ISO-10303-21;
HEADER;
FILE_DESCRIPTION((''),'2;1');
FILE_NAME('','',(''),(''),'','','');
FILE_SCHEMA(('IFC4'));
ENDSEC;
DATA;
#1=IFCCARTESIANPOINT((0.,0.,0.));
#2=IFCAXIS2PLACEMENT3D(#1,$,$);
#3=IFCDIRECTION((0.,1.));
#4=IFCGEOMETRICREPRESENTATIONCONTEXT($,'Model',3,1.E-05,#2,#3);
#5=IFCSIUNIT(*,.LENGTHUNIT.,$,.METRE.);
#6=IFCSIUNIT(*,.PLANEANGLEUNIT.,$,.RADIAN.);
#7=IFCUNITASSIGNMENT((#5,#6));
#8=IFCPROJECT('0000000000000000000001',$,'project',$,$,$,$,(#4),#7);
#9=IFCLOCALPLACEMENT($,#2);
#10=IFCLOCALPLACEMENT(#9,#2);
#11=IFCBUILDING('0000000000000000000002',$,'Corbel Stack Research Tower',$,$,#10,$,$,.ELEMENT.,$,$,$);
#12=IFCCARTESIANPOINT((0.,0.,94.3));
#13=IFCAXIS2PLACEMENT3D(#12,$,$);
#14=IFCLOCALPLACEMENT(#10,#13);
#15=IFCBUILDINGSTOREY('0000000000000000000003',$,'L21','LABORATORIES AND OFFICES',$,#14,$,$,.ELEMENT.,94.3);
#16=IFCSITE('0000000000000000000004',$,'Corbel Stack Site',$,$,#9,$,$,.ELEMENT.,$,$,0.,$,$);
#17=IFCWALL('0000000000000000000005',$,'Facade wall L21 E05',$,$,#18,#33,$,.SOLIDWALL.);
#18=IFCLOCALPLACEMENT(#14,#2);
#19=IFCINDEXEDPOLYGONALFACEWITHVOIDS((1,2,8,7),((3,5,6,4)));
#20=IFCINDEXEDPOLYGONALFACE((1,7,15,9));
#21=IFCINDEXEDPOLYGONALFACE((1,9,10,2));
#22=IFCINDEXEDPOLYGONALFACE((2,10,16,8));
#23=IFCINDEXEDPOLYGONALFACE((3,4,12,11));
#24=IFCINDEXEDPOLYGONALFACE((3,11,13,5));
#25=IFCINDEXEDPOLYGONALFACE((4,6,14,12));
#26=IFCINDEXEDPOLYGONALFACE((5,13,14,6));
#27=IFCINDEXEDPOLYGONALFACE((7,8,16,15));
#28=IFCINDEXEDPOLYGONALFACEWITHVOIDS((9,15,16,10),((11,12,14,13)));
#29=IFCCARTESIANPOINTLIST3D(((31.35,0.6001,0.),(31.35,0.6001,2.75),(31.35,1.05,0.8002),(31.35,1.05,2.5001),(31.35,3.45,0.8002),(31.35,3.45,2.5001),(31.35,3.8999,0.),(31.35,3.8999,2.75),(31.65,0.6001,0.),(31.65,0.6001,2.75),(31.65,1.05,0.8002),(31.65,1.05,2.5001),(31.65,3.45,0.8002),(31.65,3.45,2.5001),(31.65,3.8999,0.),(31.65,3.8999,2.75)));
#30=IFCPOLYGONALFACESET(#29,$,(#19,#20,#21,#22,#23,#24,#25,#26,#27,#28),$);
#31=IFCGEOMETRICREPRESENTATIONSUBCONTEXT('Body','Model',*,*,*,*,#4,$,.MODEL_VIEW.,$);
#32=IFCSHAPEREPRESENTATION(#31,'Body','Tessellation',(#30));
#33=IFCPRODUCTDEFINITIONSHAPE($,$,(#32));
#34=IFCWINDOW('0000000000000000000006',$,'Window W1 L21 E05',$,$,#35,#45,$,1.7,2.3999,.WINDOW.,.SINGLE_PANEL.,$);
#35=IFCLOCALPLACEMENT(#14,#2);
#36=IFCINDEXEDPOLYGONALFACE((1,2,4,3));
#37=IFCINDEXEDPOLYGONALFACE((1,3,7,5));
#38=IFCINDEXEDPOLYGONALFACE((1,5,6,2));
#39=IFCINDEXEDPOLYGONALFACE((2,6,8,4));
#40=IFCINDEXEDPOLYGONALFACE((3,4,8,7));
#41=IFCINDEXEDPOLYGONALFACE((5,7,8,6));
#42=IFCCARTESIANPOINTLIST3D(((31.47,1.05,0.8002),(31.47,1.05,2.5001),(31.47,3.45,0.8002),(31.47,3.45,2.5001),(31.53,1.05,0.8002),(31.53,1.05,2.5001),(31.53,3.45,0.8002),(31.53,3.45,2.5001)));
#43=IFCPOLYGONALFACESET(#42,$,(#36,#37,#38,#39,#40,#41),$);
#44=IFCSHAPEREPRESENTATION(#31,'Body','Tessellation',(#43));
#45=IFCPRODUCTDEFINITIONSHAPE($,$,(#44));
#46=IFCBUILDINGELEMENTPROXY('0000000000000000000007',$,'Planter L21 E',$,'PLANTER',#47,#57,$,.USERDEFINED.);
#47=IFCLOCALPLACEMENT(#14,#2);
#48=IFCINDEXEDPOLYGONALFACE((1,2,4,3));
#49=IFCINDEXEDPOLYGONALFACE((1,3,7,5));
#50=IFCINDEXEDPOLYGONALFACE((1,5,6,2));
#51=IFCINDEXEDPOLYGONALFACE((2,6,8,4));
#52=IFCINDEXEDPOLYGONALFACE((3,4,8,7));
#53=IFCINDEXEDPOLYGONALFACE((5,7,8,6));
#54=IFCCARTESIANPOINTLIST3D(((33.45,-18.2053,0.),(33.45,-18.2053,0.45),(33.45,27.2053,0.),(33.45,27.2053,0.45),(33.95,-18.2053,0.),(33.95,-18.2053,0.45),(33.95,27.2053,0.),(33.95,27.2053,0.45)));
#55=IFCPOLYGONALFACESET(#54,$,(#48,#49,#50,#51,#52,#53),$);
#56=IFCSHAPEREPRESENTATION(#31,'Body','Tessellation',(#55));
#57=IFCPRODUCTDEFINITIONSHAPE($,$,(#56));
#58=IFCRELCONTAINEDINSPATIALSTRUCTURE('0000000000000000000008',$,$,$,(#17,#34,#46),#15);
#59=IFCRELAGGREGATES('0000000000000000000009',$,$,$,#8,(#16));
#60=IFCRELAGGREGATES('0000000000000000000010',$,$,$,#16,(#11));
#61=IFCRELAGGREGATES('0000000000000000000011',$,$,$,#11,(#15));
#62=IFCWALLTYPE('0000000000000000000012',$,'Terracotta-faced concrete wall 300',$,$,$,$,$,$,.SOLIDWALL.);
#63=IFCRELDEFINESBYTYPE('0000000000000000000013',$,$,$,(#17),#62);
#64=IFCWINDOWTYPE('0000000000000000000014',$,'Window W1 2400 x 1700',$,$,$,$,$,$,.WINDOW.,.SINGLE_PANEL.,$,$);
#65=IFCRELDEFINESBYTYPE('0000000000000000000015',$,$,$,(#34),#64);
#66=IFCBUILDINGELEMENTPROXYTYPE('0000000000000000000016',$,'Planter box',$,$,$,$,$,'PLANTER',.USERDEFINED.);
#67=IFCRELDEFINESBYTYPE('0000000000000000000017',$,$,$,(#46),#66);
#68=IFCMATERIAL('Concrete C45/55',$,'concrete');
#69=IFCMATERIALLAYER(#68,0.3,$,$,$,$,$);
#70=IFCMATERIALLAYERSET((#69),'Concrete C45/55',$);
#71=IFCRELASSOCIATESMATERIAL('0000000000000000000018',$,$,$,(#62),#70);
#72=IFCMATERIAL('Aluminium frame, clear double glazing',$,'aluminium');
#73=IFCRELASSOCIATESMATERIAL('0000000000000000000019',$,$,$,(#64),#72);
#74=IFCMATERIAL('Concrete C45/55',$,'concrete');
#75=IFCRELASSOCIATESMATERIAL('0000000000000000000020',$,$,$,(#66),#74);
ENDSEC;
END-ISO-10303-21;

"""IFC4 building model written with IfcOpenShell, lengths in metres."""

from ifc_helpers import new_model, si_unit, direction, frame, frame_2d, origin, origin_2d, place, context, subcontext, project, spatial, rectangle, extrude, material, layer, layer_set, type_object, element, fill, save


model = new_model("IFC4")

# Units and contexts
model_context = context("Model", 3, precision=1e-05, world=origin(), true_north=direction((0.0, 1.0)))
body_context = subcontext(model_context, "Body", "Model", "MODEL_VIEW")
ifc_project = project(units=[si_unit("LENGTHUNIT", "METRE"), si_unit("PLANEANGLEUNIT", "RADIAN")], contexts=[model_context])

# Site, building, storey
site_placement = place(None, origin())
site = spatial("IfcSite", under=ifc_project, at=site_placement, Name="Corbel Stack Site", CompositionType="ELEMENT", RefElevation=0.0)
building_placement = place(site_placement, origin())
building = spatial("IfcBuilding", under=site, at=building_placement, Name="Corbel Stack Research Tower", CompositionType="ELEMENT")
storey_placement = place(building_placement, frame((0.0, 0.0, 94.3)))
storey = spatial("IfcBuildingStorey", under=building, at=storey_placement, Name="L21", Description="LABORATORIES AND OFFICES", CompositionType="ELEMENT", Elevation=94.3)

# Shared definitions
ifc_material_1 = material(Name="Concrete C45/55", Category="concrete")
ifc_layer_1 = layer(ifc_material_1, 0.3)
ifc_layer_set_1 = layer_set([ifc_layer_1], Name="Concrete C45/55")
wall_type_1 = type_object("IfcWallType", Name="Terracotta-faced concrete wall 300", PredefinedType="SOLIDWALL", material=ifc_layer_set_1)

# Wall, opening, window
ifc_material_2 = material(Name="Aluminium frame, clear double glazing", Category="aluminium")
window_type = type_object("IfcWindowType", Name="Window W1 2400 x 1700", PartitioningType="SINGLE_PANEL", PredefinedType="WINDOW", material=ifc_material_2)
wall_1_placement = place(storey_placement, frame((31.5, 3.8999, 0.0), z_axis=(0.0, 0.0, 1.0), x_axis=(0.0, -1.0, 0.0)))
wall_1 = element("IfcWall", 1, at=wall_1_placement, inside=storey, type_object=wall_type_1, Name="Facade wall L21 E05", PredefinedType="SOLIDWALL", context=body_context, shape_type="SweptSolid", body=[
    extrude(rectangle(XDim=3.2998, YDim=0.3, at=frame_2d((1.6499, 0.0))), origin(), (0.0, 0.0, 1.0), 2.75),
])
opening_1_placement = place(wall_1_placement, frame((0.45, 0.0, 0.8)))
opening_1 = element("IfcOpeningElement", 2, at=opening_1_placement, cuts=wall_1, PredefinedType="OPENING", context=body_context, shape_type="SweptSolid", body=[
    extrude(rectangle(XDim=2.3999, YDim=1.7, at=frame_2d((1.2, 0.8501))), frame((0.0, 0.1599, 0.0), z_axis=(0.0, -1.0, 0.0), x_axis=(1.0, 0.0, 0.0)), (0.0, 0.0, 1.0), 0.3201),
])
window_1_placement = place(opening_1_placement, origin())
window_1 = element("IfcWindow", 3, at=window_1_placement, inside=storey, type_object=window_type, Name="Window W1 L21 E05", OverallHeight=1.7, OverallWidth=2.3999, PartitioningType="SINGLE_PANEL", PredefinedType="WINDOW", context=body_context, shape_type="SweptSolid", body=[
    extrude(rectangle(XDim=2.3999, YDim=1.7, at=frame_2d((1.2, 0.8501))), frame((0.0, 0.03, 0.0), z_axis=(0.0, -1.0, 0.0), x_axis=(1.0, 0.0, 0.0)), (0.0, 0.0, 1.0), 0.0601),
])
fill(opening_1, window_1)

# Building element proxy
ifc_material_3 = material(Name="Concrete C45/55", Category="concrete")
building_element_proxy_type = type_object("IfcBuildingElementProxyType", Name="Planter box", ElementType="PLANTER", PredefinedType="USERDEFINED", material=ifc_material_3)
proxy_placement = place(storey_placement, frame((33.7, 4.5, 0.0), z_axis=(0.0, 0.0, 1.0), x_axis=(0.0, 1.0, 0.0)))
element("IfcBuildingElementProxy", 4, at=proxy_placement, inside=storey, type_object=building_element_proxy_type, Name="Planter L21 E", ObjectType="PLANTER", PredefinedType="USERDEFINED", context=body_context, shape_type="SweptSolid", body=[
    extrude(rectangle(XDim=45.4106, YDim=0.5, at=origin_2d()), origin(), (0.0, 0.0, 1.0), 0.45),
])

save(model, "model.ifc")
